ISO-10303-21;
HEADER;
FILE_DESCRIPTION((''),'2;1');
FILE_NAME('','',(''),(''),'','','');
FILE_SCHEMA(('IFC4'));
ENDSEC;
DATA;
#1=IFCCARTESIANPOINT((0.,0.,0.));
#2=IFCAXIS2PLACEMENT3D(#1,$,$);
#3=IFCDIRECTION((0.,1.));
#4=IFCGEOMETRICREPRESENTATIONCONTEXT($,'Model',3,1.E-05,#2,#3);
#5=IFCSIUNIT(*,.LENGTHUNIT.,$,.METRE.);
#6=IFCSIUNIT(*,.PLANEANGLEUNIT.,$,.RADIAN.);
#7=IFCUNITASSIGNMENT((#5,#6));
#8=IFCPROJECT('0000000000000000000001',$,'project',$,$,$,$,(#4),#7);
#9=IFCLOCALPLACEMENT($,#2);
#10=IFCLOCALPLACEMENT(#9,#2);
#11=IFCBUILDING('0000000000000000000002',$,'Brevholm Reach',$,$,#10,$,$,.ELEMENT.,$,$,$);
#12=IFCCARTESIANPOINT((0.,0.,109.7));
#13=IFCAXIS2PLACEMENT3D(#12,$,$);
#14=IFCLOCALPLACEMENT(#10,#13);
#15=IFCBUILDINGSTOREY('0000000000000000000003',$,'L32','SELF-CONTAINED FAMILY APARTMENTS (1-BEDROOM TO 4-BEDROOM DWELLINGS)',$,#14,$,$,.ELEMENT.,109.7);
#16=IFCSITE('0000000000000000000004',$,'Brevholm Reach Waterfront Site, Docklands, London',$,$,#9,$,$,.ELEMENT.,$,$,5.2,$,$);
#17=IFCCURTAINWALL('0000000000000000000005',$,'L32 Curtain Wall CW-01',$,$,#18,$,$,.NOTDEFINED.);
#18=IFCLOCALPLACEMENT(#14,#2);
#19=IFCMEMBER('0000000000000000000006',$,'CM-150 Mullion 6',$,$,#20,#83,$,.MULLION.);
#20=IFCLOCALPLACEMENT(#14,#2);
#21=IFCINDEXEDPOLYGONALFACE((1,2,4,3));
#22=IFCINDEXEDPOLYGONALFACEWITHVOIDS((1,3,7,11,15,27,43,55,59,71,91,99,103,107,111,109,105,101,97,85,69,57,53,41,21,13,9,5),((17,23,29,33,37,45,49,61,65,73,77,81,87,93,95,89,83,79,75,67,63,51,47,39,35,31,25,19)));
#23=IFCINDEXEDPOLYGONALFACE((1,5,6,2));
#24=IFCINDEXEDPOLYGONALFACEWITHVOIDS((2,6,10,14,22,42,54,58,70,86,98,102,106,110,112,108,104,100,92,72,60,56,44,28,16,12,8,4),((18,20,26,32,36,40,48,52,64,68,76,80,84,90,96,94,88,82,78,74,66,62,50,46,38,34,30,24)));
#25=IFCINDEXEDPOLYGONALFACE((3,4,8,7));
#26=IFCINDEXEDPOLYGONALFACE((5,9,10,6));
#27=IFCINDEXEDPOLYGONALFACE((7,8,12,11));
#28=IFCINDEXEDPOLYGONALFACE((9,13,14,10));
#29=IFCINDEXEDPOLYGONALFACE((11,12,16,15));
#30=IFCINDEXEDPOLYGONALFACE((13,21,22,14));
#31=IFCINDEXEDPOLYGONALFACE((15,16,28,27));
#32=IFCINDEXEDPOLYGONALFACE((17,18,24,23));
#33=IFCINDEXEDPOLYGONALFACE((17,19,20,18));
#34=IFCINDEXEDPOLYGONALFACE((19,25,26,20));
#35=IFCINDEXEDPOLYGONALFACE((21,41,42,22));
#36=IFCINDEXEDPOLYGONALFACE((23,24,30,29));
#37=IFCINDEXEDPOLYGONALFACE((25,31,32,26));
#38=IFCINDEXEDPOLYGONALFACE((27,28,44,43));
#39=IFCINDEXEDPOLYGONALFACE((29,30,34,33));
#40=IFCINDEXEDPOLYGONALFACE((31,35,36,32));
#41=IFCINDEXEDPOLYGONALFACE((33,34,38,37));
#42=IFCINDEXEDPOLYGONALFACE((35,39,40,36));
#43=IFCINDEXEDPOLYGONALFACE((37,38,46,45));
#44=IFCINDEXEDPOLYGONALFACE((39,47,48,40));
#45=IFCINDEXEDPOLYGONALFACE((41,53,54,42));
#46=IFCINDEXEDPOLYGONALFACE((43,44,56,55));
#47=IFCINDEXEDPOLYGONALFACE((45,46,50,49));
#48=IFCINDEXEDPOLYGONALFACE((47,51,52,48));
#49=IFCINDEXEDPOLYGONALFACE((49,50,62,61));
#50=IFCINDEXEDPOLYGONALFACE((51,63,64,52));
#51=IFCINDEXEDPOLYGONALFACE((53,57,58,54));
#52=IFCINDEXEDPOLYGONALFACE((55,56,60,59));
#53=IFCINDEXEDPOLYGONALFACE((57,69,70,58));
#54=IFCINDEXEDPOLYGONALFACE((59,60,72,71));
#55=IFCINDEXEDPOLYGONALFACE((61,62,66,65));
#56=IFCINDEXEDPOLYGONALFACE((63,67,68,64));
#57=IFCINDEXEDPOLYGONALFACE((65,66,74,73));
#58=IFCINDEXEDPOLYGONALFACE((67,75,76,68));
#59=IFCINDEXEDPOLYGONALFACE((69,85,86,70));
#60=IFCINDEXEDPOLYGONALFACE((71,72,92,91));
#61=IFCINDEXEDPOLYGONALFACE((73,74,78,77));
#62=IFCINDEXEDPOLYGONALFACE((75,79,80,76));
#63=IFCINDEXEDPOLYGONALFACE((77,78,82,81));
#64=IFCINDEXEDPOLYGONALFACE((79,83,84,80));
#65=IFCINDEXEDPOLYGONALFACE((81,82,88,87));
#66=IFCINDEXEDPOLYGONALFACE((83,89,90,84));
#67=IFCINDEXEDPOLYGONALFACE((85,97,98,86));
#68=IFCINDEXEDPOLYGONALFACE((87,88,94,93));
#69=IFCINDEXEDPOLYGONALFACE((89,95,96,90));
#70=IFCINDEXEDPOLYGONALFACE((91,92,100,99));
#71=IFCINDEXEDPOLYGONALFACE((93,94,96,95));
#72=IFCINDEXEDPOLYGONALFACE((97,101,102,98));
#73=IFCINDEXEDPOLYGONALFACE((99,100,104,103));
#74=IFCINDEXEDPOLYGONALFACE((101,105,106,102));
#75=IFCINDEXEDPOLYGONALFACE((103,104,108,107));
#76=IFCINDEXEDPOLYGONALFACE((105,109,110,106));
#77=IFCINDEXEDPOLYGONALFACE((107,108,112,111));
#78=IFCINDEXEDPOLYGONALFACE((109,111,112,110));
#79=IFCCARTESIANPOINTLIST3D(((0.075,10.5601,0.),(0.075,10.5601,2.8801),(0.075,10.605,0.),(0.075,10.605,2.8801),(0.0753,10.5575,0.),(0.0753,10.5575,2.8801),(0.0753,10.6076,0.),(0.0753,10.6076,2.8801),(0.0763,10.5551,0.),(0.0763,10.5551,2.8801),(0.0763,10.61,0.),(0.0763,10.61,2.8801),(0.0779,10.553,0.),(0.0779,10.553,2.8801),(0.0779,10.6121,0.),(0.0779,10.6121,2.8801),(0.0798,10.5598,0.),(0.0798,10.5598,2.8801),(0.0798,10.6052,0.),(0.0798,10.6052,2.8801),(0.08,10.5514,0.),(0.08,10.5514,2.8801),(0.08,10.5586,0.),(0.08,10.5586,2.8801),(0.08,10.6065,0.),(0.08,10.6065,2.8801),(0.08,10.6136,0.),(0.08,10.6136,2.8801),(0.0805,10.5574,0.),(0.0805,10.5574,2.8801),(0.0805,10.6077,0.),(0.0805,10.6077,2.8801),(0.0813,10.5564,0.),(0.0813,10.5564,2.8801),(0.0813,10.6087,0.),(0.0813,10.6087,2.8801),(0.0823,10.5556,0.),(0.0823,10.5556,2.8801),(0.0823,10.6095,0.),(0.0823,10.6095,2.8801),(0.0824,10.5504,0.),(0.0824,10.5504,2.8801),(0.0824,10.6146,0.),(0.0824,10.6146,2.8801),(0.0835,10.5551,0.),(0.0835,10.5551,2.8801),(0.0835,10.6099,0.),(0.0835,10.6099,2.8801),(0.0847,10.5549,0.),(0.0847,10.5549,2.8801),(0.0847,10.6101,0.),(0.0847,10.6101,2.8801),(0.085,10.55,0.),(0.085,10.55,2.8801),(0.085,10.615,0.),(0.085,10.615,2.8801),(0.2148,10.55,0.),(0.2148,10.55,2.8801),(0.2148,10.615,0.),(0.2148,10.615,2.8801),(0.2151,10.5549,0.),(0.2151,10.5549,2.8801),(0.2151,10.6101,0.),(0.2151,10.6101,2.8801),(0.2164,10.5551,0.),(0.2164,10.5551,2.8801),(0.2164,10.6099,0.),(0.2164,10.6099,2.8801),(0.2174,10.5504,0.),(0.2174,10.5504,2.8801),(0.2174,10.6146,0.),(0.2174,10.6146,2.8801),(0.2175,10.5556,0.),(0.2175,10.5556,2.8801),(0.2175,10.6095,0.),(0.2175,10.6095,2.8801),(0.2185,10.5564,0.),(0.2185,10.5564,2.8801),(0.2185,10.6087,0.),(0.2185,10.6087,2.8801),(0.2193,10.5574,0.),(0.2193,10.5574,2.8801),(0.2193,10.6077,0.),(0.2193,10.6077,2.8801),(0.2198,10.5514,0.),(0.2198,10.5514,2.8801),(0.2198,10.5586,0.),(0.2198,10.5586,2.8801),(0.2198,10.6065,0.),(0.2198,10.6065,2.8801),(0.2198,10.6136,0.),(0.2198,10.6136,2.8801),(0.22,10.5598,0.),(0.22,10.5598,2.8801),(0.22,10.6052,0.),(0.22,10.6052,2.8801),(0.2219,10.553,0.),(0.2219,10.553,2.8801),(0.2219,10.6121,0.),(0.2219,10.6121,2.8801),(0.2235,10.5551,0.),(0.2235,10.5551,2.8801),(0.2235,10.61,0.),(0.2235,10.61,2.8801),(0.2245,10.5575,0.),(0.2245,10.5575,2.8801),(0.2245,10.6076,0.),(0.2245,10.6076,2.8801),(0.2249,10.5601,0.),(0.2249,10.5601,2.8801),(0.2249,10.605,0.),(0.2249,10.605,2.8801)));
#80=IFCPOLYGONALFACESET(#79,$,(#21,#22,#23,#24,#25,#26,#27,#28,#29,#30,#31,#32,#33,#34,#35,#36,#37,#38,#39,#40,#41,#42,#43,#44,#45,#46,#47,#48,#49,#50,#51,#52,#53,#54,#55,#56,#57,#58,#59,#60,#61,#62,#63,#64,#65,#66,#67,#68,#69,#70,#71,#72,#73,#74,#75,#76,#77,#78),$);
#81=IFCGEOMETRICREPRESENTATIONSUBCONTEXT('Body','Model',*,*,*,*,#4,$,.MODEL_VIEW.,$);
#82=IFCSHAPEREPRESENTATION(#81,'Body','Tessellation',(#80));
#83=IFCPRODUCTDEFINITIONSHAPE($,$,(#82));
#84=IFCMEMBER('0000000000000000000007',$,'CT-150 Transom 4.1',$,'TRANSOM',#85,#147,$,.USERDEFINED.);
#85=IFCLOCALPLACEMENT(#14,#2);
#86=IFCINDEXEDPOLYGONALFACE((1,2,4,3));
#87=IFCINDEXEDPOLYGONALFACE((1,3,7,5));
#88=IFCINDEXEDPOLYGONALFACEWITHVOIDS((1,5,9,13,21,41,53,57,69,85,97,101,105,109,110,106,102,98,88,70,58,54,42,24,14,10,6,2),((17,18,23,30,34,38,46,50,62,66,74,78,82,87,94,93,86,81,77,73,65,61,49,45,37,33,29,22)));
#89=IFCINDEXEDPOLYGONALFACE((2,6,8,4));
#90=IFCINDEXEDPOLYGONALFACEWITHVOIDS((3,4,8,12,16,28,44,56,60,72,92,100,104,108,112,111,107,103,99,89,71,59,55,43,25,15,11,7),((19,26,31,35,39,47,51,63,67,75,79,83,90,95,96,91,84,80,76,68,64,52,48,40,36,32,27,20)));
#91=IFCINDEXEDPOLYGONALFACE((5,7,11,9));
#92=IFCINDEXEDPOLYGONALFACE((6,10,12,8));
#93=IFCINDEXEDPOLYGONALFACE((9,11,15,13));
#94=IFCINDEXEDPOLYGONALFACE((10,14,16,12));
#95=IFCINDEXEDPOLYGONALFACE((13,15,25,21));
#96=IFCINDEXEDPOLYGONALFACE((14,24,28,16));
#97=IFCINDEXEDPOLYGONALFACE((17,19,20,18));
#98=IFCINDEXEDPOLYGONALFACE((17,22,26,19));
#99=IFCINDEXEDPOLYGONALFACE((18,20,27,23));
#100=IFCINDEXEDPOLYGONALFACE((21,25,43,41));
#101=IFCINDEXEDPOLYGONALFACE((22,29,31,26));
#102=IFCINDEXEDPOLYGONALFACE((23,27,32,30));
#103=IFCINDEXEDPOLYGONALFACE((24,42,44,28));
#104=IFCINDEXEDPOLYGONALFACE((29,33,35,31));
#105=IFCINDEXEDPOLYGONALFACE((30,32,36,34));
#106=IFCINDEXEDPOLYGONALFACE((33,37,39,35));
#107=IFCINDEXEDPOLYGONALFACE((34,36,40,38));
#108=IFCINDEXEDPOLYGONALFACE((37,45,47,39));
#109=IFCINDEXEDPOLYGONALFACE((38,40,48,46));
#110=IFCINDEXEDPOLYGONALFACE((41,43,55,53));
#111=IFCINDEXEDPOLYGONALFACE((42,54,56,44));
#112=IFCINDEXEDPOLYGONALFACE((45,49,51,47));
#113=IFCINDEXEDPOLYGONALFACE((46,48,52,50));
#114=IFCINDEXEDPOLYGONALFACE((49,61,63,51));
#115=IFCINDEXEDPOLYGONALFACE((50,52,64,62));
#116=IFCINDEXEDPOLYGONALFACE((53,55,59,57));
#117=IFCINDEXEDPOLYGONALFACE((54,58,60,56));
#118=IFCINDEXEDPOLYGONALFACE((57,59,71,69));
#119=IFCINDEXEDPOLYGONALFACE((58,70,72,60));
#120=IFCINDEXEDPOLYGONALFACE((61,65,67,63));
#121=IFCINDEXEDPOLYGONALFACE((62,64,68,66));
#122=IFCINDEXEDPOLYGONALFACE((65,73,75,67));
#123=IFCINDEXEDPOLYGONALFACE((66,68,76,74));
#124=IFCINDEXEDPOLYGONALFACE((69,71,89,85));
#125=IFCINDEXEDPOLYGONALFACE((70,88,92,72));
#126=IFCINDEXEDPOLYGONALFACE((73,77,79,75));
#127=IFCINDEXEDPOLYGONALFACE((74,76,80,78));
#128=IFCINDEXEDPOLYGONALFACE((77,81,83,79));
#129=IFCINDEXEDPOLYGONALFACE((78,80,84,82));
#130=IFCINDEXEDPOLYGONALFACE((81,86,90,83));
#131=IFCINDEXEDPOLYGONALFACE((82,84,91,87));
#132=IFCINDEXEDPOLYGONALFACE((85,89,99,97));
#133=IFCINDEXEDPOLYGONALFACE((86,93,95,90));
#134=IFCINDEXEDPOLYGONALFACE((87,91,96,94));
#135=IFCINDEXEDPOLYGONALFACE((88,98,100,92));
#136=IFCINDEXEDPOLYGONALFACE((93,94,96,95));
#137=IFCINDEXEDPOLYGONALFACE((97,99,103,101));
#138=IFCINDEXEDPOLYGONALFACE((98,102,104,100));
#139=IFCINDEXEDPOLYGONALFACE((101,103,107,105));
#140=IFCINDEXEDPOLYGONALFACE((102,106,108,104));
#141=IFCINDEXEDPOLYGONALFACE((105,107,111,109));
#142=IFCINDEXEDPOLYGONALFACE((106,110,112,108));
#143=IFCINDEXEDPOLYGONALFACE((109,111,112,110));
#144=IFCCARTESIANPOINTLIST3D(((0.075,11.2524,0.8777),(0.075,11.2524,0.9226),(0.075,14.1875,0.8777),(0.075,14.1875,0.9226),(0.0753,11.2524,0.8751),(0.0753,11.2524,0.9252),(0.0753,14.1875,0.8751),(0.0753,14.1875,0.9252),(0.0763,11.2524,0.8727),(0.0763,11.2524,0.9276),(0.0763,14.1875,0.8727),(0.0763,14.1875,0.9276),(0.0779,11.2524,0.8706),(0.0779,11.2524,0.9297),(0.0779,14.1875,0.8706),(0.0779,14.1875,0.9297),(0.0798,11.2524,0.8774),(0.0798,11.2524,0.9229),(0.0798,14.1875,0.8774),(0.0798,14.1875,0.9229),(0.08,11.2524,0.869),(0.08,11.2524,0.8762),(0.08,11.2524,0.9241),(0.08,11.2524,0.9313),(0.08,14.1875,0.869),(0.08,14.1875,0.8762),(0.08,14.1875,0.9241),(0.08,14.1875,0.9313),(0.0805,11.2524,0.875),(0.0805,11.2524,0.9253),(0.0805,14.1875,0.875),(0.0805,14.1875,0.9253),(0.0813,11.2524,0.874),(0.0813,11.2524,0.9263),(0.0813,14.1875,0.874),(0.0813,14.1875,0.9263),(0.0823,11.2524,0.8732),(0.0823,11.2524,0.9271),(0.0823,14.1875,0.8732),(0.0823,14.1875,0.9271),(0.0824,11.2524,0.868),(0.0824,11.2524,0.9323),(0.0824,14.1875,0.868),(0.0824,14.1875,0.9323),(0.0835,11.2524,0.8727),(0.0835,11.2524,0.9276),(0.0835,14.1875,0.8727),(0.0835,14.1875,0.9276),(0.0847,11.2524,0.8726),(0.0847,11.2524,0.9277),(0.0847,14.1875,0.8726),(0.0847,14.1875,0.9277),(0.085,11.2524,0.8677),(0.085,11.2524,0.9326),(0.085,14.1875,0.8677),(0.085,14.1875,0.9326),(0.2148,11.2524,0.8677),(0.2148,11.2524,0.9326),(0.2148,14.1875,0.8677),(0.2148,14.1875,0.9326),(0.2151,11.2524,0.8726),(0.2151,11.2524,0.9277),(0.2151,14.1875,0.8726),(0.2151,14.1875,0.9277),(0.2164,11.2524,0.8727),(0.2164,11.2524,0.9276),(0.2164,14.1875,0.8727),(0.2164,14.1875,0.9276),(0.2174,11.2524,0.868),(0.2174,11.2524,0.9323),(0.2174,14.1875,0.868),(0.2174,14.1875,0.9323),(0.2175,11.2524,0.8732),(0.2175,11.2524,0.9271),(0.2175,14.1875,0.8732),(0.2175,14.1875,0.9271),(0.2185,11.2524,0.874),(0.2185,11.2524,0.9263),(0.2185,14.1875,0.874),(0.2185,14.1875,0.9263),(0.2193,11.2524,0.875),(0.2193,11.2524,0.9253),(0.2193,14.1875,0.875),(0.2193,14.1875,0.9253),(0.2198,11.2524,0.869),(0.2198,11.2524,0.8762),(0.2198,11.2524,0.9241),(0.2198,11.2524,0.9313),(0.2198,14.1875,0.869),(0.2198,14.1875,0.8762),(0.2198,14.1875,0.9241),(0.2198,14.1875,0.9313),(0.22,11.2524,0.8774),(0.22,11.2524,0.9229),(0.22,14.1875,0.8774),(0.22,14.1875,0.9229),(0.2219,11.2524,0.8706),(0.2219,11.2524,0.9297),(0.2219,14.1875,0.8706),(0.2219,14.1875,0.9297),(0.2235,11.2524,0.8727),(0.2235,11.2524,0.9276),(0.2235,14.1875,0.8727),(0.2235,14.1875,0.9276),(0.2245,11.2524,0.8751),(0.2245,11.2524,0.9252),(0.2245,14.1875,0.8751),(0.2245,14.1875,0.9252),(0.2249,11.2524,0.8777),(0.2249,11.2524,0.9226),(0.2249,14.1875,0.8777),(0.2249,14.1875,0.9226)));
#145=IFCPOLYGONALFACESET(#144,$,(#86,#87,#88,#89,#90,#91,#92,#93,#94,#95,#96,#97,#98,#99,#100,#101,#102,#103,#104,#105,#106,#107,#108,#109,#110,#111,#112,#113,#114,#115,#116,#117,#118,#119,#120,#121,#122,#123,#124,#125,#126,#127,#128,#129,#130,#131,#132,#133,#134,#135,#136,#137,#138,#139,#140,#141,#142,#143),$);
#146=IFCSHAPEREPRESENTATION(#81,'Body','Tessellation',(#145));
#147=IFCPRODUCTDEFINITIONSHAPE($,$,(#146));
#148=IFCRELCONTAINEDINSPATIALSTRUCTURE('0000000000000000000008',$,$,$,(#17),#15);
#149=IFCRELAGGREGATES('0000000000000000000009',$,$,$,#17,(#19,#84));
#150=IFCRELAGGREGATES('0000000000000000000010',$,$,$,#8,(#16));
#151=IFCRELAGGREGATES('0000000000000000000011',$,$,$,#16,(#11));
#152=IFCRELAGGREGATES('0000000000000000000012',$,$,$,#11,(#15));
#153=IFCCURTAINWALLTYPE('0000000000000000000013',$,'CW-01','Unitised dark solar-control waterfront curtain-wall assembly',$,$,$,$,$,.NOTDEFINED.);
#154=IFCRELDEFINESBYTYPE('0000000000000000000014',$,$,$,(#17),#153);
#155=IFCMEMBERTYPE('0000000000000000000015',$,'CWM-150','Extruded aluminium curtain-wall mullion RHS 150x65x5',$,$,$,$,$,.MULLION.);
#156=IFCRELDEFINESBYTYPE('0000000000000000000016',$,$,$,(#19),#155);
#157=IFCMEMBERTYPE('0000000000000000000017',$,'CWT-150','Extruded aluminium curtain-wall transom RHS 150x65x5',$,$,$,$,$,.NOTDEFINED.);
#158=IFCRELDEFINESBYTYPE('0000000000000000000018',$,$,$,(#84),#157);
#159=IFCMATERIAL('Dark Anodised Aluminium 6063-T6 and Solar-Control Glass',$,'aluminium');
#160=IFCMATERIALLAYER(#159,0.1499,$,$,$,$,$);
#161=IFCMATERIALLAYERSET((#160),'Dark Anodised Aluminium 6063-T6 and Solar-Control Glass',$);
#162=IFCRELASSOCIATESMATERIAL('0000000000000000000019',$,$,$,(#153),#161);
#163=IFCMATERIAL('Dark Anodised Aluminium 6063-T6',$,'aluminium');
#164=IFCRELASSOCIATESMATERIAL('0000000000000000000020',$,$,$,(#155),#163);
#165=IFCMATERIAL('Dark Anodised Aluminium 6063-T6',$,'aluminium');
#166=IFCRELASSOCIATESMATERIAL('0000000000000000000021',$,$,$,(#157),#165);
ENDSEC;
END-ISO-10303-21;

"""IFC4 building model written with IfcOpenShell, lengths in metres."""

from ifc_helpers import new_model, si_unit, direction, frame, origin, origin_2d, place, context, subcontext, project, spatial, hollow_rectangle, extrude, material, layer, layer_set, material_profile, profile_set, type_object, element, aggregate, save


model = new_model("IFC4")

# Units and contexts
model_context = context("Model", 3, precision=1e-05, world=origin(), true_north=direction((0.0, 1.0)))
body_context = subcontext(model_context, "Body", "Model", "MODEL_VIEW")
ifc_project = project(units=[si_unit("LENGTHUNIT", "METRE"), si_unit("PLANEANGLEUNIT", "RADIAN")], contexts=[model_context])

# Site, building, storey
site_placement = place(None, origin())
site = spatial("IfcSite", under=ifc_project, at=site_placement, Name="Brevholm Reach Waterfront Site, Docklands, London", CompositionType="ELEMENT", RefElevation=5.2)
building_placement = place(site_placement, origin())
building = spatial("IfcBuilding", under=site, at=building_placement, Name="Brevholm Reach", CompositionType="ELEMENT")
storey_placement = place(building_placement, frame((0.0, 0.0, 109.7)))
storey = spatial("IfcBuildingStorey", under=building, at=storey_placement, Name="L32", Description="SELF-CONTAINED FAMILY APARTMENTS (1-BEDROOM TO 4-BEDROOM DWELLINGS)", CompositionType="ELEMENT", Elevation=109.7)

# Curtain wall, members
ifc_material_1 = material(Name="Dark Anodised Aluminium 6063-T6 and Solar-Control Glass", Category="aluminium")
ifc_layer_1 = layer(ifc_material_1, 0.1499)
ifc_layer_set_1 = layer_set([ifc_layer_1], Name="Dark Anodised Aluminium 6063-T6 and Solar-Control Glass")
curtain_wall_type = type_object("IfcCurtainWallType", Name="CW-01", Description="Unitised dark solar-control waterfront curtain-wall assembly", PredefinedType="NOTDEFINED", material=ifc_layer_set_1)
curtain_wall_placement = place(storey_placement, origin())
curtain_wall = element("IfcCurtainWall", 1, at=curtain_wall_placement, inside=storey, type_object=curtain_wall_type, Name="L32 Curtain Wall CW-01", PredefinedType="NOTDEFINED")
ifc_material_2 = material(Name="Dark Anodised Aluminium 6063-T6", Category="aluminium")
ifc_material_profile_1 = material_profile(ifc_material_2, hollow_rectangle(XDim=0.0649, YDim=0.1499, WallThickness=0.0049, InnerFilletRadius=0.0049, OuterFilletRadius=0.01, at=origin_2d()), Name="RHS 150x65x5")
ifc_profile_set_1 = profile_set([ifc_material_profile_1], Name="Dark Anodised Aluminium 6063-T6")
member_type_1 = type_object("IfcMemberType", Name="CWM-150", Description="Extruded aluminium curtain-wall mullion RHS 150x65x5", PredefinedType="MULLION", material=ifc_profile_set_1)
member_1_placement = place(storey_placement, frame((0.1499, 10.5825, 0.0), z_axis=(0.0, 0.0, 1.0), x_axis=(0.0, -1.0, 0.0)))
member_1 = element("IfcMember", 2, at=member_1_placement, type_object=member_type_1, Name="CM-150 Mullion 6", PredefinedType="MULLION", context=body_context, shape_type="SweptSolid", body=[
    extrude(hollow_rectangle(XDim=0.0649, YDim=0.1499, WallThickness=0.0049, InnerFilletRadius=0.0049, OuterFilletRadius=0.01, at=origin_2d()), origin(), (0.0, 0.0, 1.0), 2.8801),
])
ifc_material_3 = material(Name="Dark Anodised Aluminium 6063-T6", Category="aluminium")
ifc_material_profile_2 = material_profile(ifc_material_3, hollow_rectangle(XDim=0.0649, YDim=0.1499, WallThickness=0.0049, InnerFilletRadius=0.0049, OuterFilletRadius=0.01, at=origin_2d()), Name="RHS 150x65x5")
ifc_profile_set_2 = profile_set([ifc_material_profile_2], Name="Dark Anodised Aluminium 6063-T6")
member_type_2 = type_object("IfcMemberType", Name="CWT-150", Description="Extruded aluminium curtain-wall transom RHS 150x65x5", PredefinedType="NOTDEFINED", material=ifc_profile_set_2)
member_2_placement = place(storey_placement, frame((0.1499, 14.1875, 0.9001), z_axis=(0.0, -1.0, 0.0), x_axis=(0.0, 0.0, 1.0)))
member_2 = element("IfcMember", 3, at=member_2_placement, type_object=member_type_2, Name="CT-150 Transom 4.1", ObjectType="TRANSOM", PredefinedType="USERDEFINED", context=body_context, shape_type="SweptSolid", body=[
    extrude(hollow_rectangle(XDim=0.0649, YDim=0.1499, WallThickness=0.0049, InnerFilletRadius=0.0049, OuterFilletRadius=0.01, at=origin_2d()), origin(), (0.0, 0.0, 1.0), 2.9351),
])
aggregate(curtain_wall, [member_1, member_2])

save(model, "model.ifc")
